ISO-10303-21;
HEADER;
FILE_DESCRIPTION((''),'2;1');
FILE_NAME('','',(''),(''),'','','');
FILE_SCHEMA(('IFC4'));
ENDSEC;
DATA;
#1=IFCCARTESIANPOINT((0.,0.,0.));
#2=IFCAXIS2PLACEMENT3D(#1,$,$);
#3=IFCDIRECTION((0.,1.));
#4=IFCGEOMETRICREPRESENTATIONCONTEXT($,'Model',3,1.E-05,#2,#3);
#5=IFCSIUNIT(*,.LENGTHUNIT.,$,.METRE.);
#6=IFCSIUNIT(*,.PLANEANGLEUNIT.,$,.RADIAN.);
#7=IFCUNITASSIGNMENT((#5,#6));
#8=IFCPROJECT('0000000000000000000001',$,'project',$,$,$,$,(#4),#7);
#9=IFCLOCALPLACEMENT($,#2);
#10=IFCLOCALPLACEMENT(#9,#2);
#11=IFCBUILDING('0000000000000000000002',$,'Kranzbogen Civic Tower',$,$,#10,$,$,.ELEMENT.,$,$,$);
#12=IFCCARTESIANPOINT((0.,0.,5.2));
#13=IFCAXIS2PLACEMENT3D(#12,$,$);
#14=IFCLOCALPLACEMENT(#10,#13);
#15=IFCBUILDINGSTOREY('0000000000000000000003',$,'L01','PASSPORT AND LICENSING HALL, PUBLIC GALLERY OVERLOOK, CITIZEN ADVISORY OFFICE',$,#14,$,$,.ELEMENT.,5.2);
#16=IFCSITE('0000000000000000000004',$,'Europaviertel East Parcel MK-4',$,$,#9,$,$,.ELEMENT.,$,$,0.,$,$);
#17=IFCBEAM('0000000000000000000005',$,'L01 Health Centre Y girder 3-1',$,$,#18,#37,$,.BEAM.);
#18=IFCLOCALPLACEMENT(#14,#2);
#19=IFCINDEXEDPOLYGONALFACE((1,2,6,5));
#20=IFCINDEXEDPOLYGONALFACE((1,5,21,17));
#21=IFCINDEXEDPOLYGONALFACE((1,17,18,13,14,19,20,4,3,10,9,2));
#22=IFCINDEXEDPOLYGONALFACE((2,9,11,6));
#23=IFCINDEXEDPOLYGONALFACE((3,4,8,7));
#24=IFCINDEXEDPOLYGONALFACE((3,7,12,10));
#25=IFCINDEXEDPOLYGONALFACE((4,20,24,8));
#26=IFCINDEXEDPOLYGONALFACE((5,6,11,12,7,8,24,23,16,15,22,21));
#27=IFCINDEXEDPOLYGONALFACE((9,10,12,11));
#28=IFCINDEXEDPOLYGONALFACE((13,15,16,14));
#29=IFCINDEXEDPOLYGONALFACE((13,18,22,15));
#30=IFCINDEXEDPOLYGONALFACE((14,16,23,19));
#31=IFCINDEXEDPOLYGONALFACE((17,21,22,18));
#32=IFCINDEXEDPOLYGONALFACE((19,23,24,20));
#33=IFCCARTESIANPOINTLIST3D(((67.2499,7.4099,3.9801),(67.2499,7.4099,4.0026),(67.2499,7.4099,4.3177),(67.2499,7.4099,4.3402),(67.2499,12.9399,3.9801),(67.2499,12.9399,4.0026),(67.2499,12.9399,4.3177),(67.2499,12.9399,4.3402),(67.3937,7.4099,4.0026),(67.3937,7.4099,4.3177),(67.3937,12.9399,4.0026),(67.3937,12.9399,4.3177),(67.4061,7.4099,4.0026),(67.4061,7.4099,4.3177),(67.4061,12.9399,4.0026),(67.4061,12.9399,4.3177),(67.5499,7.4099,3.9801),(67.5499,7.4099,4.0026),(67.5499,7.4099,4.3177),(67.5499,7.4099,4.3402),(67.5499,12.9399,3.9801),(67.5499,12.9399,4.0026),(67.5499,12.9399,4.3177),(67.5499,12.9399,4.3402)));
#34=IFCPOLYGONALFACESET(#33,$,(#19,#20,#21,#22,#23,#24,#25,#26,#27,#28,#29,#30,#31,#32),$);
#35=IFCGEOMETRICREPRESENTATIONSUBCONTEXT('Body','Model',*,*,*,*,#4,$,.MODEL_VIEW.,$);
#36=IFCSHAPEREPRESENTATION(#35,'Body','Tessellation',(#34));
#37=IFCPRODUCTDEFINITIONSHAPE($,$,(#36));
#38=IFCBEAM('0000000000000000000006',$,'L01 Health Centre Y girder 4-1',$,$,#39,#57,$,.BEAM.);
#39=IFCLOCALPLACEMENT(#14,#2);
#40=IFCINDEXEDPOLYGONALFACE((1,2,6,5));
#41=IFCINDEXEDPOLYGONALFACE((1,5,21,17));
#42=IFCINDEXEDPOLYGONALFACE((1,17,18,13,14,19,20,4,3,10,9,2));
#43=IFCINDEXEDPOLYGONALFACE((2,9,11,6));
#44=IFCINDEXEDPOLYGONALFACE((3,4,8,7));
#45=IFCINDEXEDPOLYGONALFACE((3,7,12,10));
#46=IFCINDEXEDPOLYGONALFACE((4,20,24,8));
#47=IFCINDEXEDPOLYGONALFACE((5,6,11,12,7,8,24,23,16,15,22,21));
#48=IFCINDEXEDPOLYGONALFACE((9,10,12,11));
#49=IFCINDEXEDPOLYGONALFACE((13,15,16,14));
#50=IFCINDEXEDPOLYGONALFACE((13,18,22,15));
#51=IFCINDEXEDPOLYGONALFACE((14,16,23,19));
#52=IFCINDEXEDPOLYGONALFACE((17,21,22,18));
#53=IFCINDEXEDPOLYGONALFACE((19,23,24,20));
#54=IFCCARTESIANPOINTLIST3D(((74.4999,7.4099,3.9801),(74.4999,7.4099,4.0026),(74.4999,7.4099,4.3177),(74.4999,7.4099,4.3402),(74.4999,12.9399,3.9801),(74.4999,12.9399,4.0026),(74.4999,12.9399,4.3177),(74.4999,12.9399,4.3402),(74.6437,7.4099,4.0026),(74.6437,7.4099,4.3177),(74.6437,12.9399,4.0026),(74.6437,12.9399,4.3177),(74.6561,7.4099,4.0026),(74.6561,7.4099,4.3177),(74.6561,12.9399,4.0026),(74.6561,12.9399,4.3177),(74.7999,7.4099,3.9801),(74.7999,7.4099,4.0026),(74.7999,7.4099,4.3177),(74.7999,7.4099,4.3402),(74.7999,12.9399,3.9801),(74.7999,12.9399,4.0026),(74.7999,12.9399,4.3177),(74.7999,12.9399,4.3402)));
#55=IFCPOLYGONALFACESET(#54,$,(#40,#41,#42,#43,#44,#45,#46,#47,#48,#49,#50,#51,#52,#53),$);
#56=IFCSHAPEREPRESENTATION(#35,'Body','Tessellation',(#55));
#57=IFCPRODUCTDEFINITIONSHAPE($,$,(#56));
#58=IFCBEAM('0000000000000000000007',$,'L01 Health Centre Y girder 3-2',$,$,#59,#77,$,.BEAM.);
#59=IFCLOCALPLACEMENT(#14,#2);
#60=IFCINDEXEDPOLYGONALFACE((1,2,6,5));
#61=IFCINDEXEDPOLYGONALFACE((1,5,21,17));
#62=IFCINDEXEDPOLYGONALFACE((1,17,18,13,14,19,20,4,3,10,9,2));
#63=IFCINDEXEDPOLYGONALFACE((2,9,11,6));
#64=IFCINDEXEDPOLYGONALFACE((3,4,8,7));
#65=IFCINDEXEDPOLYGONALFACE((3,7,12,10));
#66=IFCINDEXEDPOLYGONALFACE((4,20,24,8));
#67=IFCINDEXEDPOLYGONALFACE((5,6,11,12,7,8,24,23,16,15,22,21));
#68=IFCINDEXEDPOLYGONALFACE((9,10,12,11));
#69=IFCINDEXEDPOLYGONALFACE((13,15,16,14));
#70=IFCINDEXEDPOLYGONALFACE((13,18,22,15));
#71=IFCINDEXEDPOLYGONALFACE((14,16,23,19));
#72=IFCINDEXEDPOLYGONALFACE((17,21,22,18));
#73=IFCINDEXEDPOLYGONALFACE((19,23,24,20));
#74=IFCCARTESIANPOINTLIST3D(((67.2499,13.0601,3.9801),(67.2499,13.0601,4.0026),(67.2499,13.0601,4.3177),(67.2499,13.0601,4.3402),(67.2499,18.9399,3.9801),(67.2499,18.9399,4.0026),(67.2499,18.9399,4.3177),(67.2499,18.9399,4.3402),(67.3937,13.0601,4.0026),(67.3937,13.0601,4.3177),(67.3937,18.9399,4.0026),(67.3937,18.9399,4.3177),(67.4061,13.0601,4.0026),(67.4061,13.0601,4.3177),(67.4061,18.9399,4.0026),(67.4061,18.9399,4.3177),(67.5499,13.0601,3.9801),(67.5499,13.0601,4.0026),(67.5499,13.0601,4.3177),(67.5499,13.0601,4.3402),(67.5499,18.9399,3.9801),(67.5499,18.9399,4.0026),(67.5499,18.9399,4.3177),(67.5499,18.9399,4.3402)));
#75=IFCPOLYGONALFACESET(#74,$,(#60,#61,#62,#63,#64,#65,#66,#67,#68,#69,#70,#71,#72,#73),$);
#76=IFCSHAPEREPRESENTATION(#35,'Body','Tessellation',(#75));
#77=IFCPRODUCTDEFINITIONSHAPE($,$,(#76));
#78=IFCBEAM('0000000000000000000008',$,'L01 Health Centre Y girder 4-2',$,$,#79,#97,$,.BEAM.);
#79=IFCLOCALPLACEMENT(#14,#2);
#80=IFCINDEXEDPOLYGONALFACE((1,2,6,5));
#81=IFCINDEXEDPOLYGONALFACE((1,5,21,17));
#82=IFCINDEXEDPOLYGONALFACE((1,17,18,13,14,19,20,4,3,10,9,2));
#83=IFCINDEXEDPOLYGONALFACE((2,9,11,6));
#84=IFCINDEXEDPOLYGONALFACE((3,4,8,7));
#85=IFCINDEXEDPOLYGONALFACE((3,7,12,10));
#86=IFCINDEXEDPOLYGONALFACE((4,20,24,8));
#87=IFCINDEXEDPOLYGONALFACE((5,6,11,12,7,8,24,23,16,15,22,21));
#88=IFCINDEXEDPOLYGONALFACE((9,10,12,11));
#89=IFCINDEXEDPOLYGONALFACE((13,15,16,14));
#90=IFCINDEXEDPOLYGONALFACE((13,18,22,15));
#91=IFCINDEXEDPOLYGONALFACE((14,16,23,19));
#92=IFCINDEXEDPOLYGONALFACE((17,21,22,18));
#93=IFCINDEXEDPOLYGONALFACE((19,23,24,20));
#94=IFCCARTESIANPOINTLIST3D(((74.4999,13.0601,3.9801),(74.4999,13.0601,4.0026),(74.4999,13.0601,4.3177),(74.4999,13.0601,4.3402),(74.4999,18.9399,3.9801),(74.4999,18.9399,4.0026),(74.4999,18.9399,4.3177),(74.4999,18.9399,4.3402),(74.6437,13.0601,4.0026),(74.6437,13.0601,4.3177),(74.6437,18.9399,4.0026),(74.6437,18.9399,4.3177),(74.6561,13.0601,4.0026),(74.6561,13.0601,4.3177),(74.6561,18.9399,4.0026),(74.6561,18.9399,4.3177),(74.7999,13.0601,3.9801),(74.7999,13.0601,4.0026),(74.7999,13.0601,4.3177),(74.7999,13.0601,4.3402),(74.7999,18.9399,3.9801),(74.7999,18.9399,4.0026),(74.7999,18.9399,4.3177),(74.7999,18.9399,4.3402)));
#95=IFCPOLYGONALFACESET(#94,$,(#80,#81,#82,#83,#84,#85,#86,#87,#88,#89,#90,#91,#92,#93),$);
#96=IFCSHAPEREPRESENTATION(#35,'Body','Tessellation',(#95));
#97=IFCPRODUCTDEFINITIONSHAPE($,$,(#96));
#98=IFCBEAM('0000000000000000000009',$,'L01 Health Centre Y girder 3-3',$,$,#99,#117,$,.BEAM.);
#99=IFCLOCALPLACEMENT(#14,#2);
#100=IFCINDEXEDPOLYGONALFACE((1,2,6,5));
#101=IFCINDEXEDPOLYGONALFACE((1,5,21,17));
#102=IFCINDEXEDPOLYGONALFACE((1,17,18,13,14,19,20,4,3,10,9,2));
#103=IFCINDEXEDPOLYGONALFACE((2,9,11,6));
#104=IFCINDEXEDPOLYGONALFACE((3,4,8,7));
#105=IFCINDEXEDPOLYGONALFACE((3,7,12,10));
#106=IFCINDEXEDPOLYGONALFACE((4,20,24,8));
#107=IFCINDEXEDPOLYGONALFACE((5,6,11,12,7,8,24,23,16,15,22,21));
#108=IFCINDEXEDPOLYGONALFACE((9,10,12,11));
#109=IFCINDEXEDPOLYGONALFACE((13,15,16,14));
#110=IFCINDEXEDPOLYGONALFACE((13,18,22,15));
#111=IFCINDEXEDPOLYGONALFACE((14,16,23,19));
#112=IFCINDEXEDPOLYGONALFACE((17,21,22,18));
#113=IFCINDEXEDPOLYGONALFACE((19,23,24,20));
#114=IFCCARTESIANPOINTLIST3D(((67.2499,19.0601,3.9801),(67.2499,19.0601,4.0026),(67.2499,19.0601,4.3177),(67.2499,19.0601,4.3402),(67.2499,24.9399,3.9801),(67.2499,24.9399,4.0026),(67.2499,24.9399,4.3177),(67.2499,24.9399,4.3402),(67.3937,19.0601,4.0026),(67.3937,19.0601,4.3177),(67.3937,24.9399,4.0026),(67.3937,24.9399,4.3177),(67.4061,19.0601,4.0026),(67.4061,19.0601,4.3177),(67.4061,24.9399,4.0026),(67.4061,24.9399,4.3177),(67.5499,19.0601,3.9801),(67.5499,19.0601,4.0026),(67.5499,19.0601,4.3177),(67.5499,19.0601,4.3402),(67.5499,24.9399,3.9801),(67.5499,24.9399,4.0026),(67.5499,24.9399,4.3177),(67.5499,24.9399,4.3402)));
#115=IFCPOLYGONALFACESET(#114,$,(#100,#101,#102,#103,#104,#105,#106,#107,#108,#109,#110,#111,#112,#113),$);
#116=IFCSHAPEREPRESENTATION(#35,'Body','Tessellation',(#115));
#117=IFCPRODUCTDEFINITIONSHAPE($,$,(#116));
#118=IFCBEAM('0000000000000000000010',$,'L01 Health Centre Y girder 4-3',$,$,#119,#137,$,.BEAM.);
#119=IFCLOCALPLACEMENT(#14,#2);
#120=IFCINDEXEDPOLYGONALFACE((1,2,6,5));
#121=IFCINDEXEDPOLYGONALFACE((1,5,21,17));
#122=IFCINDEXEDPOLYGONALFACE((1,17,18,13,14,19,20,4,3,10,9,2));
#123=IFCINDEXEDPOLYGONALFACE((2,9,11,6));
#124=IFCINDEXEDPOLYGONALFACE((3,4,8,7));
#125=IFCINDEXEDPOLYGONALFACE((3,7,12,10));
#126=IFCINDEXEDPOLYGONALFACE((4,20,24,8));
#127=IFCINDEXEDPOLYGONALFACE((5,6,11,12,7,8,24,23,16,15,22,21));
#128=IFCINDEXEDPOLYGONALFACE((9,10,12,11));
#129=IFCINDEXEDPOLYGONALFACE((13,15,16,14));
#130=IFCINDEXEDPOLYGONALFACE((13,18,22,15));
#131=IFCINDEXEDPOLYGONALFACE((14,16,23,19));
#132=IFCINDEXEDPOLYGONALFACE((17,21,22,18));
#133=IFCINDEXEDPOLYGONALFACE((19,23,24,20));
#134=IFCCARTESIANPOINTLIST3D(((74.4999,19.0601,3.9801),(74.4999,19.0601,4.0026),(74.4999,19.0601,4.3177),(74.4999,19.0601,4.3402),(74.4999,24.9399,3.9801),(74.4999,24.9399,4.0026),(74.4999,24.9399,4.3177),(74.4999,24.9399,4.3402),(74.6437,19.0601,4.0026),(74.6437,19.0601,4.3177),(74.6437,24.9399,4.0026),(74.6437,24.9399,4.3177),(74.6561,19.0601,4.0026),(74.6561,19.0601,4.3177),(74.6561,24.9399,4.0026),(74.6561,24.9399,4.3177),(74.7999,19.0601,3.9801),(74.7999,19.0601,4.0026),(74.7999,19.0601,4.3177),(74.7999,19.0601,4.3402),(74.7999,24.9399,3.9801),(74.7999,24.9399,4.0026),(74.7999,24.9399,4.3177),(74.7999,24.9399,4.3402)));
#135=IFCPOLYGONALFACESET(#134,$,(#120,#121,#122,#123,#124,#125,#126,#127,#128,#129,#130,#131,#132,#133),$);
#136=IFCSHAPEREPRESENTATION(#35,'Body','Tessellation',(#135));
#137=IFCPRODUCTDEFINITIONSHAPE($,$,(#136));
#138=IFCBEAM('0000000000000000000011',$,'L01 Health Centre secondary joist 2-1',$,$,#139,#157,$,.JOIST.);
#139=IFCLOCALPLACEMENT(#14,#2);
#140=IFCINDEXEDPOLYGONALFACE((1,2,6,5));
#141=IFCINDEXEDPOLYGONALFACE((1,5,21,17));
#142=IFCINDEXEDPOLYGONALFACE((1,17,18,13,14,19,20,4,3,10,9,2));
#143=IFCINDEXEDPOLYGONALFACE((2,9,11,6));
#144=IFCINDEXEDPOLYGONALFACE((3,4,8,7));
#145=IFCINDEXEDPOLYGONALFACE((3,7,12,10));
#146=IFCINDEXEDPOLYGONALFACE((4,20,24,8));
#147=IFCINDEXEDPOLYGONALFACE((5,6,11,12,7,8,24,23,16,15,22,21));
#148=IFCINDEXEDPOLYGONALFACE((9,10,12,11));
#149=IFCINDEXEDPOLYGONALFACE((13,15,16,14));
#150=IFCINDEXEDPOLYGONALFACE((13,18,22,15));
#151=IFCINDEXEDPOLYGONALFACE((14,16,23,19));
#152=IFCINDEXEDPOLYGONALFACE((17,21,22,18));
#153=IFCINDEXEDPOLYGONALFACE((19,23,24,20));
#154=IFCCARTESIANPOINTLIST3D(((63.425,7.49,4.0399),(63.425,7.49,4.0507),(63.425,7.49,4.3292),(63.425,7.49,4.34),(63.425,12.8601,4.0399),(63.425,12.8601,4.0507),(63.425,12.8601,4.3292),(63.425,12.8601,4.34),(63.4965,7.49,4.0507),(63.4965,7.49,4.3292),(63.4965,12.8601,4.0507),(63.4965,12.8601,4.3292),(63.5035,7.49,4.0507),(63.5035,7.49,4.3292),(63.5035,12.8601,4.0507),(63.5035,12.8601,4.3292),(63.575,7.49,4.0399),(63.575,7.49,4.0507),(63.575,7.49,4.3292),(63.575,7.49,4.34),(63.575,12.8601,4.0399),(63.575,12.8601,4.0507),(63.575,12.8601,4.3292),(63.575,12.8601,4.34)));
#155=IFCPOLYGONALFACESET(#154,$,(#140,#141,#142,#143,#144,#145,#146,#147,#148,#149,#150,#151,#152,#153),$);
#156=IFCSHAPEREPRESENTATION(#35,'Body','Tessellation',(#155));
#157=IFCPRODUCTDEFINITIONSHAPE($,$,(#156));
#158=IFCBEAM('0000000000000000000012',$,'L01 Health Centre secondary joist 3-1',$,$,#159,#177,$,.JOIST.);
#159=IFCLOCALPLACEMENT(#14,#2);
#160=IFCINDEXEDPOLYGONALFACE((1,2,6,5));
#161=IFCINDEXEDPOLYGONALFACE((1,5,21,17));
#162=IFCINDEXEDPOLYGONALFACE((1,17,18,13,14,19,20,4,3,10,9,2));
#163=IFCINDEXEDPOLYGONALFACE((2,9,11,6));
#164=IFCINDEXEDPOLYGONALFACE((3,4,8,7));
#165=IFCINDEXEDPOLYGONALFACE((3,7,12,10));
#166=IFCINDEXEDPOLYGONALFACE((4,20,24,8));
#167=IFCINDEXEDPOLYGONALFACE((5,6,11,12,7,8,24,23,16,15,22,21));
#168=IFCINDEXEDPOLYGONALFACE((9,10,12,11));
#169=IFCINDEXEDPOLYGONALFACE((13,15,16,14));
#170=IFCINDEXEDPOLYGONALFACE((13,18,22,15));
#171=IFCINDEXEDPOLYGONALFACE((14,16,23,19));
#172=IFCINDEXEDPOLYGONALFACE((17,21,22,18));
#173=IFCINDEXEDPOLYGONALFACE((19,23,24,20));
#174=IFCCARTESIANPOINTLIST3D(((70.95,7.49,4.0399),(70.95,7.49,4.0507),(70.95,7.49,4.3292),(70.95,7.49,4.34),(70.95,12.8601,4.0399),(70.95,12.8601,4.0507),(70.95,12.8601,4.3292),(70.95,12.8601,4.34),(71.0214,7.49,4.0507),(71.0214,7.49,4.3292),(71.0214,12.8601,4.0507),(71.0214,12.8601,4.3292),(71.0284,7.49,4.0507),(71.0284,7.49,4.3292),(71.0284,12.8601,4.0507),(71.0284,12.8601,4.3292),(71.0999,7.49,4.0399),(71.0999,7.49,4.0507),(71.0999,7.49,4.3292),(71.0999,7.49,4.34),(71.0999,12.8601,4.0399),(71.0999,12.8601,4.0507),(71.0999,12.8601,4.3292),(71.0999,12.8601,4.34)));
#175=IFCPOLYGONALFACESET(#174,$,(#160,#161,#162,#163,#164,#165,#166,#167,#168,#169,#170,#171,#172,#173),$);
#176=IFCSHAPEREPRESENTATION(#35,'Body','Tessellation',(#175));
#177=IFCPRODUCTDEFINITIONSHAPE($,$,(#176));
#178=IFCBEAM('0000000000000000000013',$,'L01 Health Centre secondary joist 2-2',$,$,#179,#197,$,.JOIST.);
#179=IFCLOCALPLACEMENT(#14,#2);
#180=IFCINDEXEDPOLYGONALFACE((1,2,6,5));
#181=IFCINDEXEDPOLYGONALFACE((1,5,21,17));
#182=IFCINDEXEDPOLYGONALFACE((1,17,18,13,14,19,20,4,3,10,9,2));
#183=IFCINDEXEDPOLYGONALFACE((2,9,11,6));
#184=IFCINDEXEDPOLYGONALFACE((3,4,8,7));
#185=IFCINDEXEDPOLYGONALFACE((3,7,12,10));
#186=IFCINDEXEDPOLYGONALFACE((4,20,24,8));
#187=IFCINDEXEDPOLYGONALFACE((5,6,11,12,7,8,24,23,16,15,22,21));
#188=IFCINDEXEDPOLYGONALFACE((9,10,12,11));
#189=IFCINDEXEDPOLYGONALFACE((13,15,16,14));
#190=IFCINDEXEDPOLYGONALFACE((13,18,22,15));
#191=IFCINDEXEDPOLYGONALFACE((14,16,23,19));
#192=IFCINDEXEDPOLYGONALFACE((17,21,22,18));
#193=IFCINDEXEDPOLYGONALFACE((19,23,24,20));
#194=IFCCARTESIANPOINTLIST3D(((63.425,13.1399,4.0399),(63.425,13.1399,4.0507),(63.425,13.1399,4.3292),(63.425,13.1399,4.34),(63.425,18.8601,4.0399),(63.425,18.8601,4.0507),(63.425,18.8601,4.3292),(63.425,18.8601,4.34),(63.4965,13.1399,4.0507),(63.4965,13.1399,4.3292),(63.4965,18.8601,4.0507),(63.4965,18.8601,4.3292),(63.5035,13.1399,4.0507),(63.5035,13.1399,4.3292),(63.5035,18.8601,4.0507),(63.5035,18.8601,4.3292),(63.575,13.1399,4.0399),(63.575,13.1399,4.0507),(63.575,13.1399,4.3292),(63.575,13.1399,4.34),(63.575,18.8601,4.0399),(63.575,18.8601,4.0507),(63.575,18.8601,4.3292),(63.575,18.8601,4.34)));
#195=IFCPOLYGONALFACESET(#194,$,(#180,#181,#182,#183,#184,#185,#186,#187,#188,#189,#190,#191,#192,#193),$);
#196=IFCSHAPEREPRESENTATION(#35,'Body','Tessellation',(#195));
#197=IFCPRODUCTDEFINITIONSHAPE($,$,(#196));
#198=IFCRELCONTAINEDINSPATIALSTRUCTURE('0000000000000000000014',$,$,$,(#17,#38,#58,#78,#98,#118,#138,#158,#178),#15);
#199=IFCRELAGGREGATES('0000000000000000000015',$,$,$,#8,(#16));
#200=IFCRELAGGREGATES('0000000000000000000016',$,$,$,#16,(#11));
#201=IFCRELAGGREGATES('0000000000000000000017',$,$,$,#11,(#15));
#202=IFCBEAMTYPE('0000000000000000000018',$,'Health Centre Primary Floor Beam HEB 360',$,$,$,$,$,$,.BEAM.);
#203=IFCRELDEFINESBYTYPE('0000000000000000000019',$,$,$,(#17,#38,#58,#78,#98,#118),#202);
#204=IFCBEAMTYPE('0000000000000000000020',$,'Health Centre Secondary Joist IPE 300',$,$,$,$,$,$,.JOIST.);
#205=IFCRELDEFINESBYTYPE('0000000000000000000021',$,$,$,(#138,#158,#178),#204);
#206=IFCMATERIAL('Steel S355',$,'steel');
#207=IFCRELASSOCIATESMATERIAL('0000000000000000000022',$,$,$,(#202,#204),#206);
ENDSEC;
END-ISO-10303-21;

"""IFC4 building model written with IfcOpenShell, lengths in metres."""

from ifc_helpers import new_model, si_unit, direction, frame, origin, origin_2d, place, context, subcontext, project, spatial, i_section, extrude, material, material_profile, profile_set, type_object, element, save


model = new_model("IFC4")

# Units and contexts
model_context = context("Model", 3, precision=1e-05, world=origin(), true_north=direction((0.0, 1.0)))
body_context = subcontext(model_context, "Body", "Model", "MODEL_VIEW")
ifc_project = project(units=[si_unit("LENGTHUNIT", "METRE"), si_unit("PLANEANGLEUNIT", "RADIAN")], contexts=[model_context])

# Site, building, storey
site_placement = place(None, origin())
site = spatial("IfcSite", under=ifc_project, at=site_placement, Name="Europaviertel East Parcel MK-4", CompositionType="ELEMENT", RefElevation=0.0)
building_placement = place(site_placement, origin())
building = spatial("IfcBuilding", under=site, at=building_placement, Name="Kranzbogen Civic Tower", CompositionType="ELEMENT")
storey_placement = place(building_placement, frame((0.0, 0.0, 5.2)))
storey = spatial("IfcBuildingStorey", under=building, at=storey_placement, Name="L01", Description="PASSPORT AND LICENSING HALL, PUBLIC GALLERY OVERLOOK, CITIZEN ADVISORY OFFICE", CompositionType="ELEMENT", Elevation=5.2)

# Shared definitions
ifc_material_1 = material(Name="Steel S355", Category="steel")

# Beams
ifc_material_profile_1 = material_profile(ifc_material_1, i_section(OverallWidth=0.3, OverallDepth=0.3601, WebThickness=0.0125, FlangeThickness=0.0225, at=origin_2d()), Name="HEB 360")
ifc_profile_set_1 = profile_set([ifc_material_profile_1], Name="Steel S355")
beam_type_1 = type_object("IfcBeamType", Name="Health Centre Primary Floor Beam HEB 360", PredefinedType="BEAM", material=ifc_profile_set_1)
for number, where, z_axis, x_axis, name in (
    (1, (67.3999, 7.4099, 4.1602), (0.0, 1.0, 0.0), (-1.0, 0.0, 0.0), "L01 Health Centre Y girder 3-1"),
    (2, (74.6499, 7.4099, 4.1602), (0.0, 1.0, 0.0), (-1.0, 0.0, 0.0), "L01 Health Centre Y girder 4-1"),
):
    element("IfcBeam", number, at=place(storey_placement, frame(where, z_axis=z_axis, x_axis=x_axis)), inside=storey, type_object=beam_type_1, Name=name, PredefinedType="BEAM", context=body_context, shape_type="SweptSolid", body=[
        extrude(i_section(OverallWidth=0.3, OverallDepth=0.3601, WebThickness=0.0125, FlangeThickness=0.0225, at=origin_2d()), origin(), (0.0, 0.0, 1.0), 5.53),
    ])
for number, where, z_axis, x_axis, name in (
    (3, (67.3999, 13.0601, 4.1602), (0.0, 1.0, 0.0), (-1.0, 0.0, 0.0), "L01 Health Centre Y girder 3-2"),
    (4, (74.6499, 13.0601, 4.1602), (0.0, 1.0, 0.0), (-1.0, 0.0, 0.0), "L01 Health Centre Y girder 4-2"),
    (5, (67.3999, 19.0601, 4.1602), (0.0, 1.0, 0.0), (-1.0, 0.0, 0.0), "L01 Health Centre Y girder 3-3"),
    (6, (74.6499, 19.0601, 4.1602), (0.0, 1.0, 0.0), (-1.0, 0.0, 0.0), "L01 Health Centre Y girder 4-3"),
):
    element("IfcBeam", number, at=place(storey_placement, frame(where, z_axis=z_axis, x_axis=x_axis)), inside=storey, type_object=beam_type_1, Name=name, PredefinedType="BEAM", context=body_context, shape_type="SweptSolid", body=[
        extrude(i_section(OverallWidth=0.3, OverallDepth=0.3601, WebThickness=0.0125, FlangeThickness=0.0225, at=origin_2d()), origin(), (0.0, 0.0, 1.0), 5.8799),
    ])
ifc_material_profile_2 = material_profile(ifc_material_1, i_section(OverallWidth=0.1499, OverallDepth=0.3, WebThickness=0.0071, FlangeThickness=0.0107, at=origin_2d()), Name="IPE 300")
ifc_profile_set_2 = profile_set([ifc_material_profile_2], Name="Steel S355")
beam_type_2 = type_object("IfcBeamType", Name="Health Centre Secondary Joist IPE 300", PredefinedType="JOIST", material=ifc_profile_set_2)
for number, where, z_axis, x_axis, name in (
    (7, (63.5, 7.49, 4.1899), (0.0, 1.0, 0.0), (-1.0, 0.0, 0.0), "L01 Health Centre secondary joist 2-1"),
    (8, (71.0249, 7.49, 4.1899), (0.0, 1.0, 0.0), (-1.0, 0.0, 0.0), "L01 Health Centre secondary joist 3-1"),
):
    element("IfcBeam", number, at=place(storey_placement, frame(where, z_axis=z_axis, x_axis=x_axis)), inside=storey, type_object=beam_type_2, Name=name, PredefinedType="JOIST", context=body_context, shape_type="SweptSolid", body=[
        extrude(i_section(OverallWidth=0.1499, OverallDepth=0.3, WebThickness=0.0071, FlangeThickness=0.0107, at=origin_2d()), origin(), (0.0, 0.0, 1.0), 5.3701),
    ])
for number, where, z_axis, x_axis, name in (
    (9, (63.5, 13.1399, 4.1899), (0.0, 1.0, 0.0), (-1.0, 0.0, 0.0), "L01 Health Centre secondary joist 2-2"),
):
    element("IfcBeam", number, at=place(storey_placement, frame(where, z_axis=z_axis, x_axis=x_axis)), inside=storey, type_object=beam_type_2, Name=name, PredefinedType="JOIST", context=body_context, shape_type="SweptSolid", body=[
        extrude(i_section(OverallWidth=0.1499, OverallDepth=0.3, WebThickness=0.0071, FlangeThickness=0.0107, at=origin_2d()), origin(), (0.0, 0.0, 1.0), 5.7202),
    ])

save(model, "model.ifc")
